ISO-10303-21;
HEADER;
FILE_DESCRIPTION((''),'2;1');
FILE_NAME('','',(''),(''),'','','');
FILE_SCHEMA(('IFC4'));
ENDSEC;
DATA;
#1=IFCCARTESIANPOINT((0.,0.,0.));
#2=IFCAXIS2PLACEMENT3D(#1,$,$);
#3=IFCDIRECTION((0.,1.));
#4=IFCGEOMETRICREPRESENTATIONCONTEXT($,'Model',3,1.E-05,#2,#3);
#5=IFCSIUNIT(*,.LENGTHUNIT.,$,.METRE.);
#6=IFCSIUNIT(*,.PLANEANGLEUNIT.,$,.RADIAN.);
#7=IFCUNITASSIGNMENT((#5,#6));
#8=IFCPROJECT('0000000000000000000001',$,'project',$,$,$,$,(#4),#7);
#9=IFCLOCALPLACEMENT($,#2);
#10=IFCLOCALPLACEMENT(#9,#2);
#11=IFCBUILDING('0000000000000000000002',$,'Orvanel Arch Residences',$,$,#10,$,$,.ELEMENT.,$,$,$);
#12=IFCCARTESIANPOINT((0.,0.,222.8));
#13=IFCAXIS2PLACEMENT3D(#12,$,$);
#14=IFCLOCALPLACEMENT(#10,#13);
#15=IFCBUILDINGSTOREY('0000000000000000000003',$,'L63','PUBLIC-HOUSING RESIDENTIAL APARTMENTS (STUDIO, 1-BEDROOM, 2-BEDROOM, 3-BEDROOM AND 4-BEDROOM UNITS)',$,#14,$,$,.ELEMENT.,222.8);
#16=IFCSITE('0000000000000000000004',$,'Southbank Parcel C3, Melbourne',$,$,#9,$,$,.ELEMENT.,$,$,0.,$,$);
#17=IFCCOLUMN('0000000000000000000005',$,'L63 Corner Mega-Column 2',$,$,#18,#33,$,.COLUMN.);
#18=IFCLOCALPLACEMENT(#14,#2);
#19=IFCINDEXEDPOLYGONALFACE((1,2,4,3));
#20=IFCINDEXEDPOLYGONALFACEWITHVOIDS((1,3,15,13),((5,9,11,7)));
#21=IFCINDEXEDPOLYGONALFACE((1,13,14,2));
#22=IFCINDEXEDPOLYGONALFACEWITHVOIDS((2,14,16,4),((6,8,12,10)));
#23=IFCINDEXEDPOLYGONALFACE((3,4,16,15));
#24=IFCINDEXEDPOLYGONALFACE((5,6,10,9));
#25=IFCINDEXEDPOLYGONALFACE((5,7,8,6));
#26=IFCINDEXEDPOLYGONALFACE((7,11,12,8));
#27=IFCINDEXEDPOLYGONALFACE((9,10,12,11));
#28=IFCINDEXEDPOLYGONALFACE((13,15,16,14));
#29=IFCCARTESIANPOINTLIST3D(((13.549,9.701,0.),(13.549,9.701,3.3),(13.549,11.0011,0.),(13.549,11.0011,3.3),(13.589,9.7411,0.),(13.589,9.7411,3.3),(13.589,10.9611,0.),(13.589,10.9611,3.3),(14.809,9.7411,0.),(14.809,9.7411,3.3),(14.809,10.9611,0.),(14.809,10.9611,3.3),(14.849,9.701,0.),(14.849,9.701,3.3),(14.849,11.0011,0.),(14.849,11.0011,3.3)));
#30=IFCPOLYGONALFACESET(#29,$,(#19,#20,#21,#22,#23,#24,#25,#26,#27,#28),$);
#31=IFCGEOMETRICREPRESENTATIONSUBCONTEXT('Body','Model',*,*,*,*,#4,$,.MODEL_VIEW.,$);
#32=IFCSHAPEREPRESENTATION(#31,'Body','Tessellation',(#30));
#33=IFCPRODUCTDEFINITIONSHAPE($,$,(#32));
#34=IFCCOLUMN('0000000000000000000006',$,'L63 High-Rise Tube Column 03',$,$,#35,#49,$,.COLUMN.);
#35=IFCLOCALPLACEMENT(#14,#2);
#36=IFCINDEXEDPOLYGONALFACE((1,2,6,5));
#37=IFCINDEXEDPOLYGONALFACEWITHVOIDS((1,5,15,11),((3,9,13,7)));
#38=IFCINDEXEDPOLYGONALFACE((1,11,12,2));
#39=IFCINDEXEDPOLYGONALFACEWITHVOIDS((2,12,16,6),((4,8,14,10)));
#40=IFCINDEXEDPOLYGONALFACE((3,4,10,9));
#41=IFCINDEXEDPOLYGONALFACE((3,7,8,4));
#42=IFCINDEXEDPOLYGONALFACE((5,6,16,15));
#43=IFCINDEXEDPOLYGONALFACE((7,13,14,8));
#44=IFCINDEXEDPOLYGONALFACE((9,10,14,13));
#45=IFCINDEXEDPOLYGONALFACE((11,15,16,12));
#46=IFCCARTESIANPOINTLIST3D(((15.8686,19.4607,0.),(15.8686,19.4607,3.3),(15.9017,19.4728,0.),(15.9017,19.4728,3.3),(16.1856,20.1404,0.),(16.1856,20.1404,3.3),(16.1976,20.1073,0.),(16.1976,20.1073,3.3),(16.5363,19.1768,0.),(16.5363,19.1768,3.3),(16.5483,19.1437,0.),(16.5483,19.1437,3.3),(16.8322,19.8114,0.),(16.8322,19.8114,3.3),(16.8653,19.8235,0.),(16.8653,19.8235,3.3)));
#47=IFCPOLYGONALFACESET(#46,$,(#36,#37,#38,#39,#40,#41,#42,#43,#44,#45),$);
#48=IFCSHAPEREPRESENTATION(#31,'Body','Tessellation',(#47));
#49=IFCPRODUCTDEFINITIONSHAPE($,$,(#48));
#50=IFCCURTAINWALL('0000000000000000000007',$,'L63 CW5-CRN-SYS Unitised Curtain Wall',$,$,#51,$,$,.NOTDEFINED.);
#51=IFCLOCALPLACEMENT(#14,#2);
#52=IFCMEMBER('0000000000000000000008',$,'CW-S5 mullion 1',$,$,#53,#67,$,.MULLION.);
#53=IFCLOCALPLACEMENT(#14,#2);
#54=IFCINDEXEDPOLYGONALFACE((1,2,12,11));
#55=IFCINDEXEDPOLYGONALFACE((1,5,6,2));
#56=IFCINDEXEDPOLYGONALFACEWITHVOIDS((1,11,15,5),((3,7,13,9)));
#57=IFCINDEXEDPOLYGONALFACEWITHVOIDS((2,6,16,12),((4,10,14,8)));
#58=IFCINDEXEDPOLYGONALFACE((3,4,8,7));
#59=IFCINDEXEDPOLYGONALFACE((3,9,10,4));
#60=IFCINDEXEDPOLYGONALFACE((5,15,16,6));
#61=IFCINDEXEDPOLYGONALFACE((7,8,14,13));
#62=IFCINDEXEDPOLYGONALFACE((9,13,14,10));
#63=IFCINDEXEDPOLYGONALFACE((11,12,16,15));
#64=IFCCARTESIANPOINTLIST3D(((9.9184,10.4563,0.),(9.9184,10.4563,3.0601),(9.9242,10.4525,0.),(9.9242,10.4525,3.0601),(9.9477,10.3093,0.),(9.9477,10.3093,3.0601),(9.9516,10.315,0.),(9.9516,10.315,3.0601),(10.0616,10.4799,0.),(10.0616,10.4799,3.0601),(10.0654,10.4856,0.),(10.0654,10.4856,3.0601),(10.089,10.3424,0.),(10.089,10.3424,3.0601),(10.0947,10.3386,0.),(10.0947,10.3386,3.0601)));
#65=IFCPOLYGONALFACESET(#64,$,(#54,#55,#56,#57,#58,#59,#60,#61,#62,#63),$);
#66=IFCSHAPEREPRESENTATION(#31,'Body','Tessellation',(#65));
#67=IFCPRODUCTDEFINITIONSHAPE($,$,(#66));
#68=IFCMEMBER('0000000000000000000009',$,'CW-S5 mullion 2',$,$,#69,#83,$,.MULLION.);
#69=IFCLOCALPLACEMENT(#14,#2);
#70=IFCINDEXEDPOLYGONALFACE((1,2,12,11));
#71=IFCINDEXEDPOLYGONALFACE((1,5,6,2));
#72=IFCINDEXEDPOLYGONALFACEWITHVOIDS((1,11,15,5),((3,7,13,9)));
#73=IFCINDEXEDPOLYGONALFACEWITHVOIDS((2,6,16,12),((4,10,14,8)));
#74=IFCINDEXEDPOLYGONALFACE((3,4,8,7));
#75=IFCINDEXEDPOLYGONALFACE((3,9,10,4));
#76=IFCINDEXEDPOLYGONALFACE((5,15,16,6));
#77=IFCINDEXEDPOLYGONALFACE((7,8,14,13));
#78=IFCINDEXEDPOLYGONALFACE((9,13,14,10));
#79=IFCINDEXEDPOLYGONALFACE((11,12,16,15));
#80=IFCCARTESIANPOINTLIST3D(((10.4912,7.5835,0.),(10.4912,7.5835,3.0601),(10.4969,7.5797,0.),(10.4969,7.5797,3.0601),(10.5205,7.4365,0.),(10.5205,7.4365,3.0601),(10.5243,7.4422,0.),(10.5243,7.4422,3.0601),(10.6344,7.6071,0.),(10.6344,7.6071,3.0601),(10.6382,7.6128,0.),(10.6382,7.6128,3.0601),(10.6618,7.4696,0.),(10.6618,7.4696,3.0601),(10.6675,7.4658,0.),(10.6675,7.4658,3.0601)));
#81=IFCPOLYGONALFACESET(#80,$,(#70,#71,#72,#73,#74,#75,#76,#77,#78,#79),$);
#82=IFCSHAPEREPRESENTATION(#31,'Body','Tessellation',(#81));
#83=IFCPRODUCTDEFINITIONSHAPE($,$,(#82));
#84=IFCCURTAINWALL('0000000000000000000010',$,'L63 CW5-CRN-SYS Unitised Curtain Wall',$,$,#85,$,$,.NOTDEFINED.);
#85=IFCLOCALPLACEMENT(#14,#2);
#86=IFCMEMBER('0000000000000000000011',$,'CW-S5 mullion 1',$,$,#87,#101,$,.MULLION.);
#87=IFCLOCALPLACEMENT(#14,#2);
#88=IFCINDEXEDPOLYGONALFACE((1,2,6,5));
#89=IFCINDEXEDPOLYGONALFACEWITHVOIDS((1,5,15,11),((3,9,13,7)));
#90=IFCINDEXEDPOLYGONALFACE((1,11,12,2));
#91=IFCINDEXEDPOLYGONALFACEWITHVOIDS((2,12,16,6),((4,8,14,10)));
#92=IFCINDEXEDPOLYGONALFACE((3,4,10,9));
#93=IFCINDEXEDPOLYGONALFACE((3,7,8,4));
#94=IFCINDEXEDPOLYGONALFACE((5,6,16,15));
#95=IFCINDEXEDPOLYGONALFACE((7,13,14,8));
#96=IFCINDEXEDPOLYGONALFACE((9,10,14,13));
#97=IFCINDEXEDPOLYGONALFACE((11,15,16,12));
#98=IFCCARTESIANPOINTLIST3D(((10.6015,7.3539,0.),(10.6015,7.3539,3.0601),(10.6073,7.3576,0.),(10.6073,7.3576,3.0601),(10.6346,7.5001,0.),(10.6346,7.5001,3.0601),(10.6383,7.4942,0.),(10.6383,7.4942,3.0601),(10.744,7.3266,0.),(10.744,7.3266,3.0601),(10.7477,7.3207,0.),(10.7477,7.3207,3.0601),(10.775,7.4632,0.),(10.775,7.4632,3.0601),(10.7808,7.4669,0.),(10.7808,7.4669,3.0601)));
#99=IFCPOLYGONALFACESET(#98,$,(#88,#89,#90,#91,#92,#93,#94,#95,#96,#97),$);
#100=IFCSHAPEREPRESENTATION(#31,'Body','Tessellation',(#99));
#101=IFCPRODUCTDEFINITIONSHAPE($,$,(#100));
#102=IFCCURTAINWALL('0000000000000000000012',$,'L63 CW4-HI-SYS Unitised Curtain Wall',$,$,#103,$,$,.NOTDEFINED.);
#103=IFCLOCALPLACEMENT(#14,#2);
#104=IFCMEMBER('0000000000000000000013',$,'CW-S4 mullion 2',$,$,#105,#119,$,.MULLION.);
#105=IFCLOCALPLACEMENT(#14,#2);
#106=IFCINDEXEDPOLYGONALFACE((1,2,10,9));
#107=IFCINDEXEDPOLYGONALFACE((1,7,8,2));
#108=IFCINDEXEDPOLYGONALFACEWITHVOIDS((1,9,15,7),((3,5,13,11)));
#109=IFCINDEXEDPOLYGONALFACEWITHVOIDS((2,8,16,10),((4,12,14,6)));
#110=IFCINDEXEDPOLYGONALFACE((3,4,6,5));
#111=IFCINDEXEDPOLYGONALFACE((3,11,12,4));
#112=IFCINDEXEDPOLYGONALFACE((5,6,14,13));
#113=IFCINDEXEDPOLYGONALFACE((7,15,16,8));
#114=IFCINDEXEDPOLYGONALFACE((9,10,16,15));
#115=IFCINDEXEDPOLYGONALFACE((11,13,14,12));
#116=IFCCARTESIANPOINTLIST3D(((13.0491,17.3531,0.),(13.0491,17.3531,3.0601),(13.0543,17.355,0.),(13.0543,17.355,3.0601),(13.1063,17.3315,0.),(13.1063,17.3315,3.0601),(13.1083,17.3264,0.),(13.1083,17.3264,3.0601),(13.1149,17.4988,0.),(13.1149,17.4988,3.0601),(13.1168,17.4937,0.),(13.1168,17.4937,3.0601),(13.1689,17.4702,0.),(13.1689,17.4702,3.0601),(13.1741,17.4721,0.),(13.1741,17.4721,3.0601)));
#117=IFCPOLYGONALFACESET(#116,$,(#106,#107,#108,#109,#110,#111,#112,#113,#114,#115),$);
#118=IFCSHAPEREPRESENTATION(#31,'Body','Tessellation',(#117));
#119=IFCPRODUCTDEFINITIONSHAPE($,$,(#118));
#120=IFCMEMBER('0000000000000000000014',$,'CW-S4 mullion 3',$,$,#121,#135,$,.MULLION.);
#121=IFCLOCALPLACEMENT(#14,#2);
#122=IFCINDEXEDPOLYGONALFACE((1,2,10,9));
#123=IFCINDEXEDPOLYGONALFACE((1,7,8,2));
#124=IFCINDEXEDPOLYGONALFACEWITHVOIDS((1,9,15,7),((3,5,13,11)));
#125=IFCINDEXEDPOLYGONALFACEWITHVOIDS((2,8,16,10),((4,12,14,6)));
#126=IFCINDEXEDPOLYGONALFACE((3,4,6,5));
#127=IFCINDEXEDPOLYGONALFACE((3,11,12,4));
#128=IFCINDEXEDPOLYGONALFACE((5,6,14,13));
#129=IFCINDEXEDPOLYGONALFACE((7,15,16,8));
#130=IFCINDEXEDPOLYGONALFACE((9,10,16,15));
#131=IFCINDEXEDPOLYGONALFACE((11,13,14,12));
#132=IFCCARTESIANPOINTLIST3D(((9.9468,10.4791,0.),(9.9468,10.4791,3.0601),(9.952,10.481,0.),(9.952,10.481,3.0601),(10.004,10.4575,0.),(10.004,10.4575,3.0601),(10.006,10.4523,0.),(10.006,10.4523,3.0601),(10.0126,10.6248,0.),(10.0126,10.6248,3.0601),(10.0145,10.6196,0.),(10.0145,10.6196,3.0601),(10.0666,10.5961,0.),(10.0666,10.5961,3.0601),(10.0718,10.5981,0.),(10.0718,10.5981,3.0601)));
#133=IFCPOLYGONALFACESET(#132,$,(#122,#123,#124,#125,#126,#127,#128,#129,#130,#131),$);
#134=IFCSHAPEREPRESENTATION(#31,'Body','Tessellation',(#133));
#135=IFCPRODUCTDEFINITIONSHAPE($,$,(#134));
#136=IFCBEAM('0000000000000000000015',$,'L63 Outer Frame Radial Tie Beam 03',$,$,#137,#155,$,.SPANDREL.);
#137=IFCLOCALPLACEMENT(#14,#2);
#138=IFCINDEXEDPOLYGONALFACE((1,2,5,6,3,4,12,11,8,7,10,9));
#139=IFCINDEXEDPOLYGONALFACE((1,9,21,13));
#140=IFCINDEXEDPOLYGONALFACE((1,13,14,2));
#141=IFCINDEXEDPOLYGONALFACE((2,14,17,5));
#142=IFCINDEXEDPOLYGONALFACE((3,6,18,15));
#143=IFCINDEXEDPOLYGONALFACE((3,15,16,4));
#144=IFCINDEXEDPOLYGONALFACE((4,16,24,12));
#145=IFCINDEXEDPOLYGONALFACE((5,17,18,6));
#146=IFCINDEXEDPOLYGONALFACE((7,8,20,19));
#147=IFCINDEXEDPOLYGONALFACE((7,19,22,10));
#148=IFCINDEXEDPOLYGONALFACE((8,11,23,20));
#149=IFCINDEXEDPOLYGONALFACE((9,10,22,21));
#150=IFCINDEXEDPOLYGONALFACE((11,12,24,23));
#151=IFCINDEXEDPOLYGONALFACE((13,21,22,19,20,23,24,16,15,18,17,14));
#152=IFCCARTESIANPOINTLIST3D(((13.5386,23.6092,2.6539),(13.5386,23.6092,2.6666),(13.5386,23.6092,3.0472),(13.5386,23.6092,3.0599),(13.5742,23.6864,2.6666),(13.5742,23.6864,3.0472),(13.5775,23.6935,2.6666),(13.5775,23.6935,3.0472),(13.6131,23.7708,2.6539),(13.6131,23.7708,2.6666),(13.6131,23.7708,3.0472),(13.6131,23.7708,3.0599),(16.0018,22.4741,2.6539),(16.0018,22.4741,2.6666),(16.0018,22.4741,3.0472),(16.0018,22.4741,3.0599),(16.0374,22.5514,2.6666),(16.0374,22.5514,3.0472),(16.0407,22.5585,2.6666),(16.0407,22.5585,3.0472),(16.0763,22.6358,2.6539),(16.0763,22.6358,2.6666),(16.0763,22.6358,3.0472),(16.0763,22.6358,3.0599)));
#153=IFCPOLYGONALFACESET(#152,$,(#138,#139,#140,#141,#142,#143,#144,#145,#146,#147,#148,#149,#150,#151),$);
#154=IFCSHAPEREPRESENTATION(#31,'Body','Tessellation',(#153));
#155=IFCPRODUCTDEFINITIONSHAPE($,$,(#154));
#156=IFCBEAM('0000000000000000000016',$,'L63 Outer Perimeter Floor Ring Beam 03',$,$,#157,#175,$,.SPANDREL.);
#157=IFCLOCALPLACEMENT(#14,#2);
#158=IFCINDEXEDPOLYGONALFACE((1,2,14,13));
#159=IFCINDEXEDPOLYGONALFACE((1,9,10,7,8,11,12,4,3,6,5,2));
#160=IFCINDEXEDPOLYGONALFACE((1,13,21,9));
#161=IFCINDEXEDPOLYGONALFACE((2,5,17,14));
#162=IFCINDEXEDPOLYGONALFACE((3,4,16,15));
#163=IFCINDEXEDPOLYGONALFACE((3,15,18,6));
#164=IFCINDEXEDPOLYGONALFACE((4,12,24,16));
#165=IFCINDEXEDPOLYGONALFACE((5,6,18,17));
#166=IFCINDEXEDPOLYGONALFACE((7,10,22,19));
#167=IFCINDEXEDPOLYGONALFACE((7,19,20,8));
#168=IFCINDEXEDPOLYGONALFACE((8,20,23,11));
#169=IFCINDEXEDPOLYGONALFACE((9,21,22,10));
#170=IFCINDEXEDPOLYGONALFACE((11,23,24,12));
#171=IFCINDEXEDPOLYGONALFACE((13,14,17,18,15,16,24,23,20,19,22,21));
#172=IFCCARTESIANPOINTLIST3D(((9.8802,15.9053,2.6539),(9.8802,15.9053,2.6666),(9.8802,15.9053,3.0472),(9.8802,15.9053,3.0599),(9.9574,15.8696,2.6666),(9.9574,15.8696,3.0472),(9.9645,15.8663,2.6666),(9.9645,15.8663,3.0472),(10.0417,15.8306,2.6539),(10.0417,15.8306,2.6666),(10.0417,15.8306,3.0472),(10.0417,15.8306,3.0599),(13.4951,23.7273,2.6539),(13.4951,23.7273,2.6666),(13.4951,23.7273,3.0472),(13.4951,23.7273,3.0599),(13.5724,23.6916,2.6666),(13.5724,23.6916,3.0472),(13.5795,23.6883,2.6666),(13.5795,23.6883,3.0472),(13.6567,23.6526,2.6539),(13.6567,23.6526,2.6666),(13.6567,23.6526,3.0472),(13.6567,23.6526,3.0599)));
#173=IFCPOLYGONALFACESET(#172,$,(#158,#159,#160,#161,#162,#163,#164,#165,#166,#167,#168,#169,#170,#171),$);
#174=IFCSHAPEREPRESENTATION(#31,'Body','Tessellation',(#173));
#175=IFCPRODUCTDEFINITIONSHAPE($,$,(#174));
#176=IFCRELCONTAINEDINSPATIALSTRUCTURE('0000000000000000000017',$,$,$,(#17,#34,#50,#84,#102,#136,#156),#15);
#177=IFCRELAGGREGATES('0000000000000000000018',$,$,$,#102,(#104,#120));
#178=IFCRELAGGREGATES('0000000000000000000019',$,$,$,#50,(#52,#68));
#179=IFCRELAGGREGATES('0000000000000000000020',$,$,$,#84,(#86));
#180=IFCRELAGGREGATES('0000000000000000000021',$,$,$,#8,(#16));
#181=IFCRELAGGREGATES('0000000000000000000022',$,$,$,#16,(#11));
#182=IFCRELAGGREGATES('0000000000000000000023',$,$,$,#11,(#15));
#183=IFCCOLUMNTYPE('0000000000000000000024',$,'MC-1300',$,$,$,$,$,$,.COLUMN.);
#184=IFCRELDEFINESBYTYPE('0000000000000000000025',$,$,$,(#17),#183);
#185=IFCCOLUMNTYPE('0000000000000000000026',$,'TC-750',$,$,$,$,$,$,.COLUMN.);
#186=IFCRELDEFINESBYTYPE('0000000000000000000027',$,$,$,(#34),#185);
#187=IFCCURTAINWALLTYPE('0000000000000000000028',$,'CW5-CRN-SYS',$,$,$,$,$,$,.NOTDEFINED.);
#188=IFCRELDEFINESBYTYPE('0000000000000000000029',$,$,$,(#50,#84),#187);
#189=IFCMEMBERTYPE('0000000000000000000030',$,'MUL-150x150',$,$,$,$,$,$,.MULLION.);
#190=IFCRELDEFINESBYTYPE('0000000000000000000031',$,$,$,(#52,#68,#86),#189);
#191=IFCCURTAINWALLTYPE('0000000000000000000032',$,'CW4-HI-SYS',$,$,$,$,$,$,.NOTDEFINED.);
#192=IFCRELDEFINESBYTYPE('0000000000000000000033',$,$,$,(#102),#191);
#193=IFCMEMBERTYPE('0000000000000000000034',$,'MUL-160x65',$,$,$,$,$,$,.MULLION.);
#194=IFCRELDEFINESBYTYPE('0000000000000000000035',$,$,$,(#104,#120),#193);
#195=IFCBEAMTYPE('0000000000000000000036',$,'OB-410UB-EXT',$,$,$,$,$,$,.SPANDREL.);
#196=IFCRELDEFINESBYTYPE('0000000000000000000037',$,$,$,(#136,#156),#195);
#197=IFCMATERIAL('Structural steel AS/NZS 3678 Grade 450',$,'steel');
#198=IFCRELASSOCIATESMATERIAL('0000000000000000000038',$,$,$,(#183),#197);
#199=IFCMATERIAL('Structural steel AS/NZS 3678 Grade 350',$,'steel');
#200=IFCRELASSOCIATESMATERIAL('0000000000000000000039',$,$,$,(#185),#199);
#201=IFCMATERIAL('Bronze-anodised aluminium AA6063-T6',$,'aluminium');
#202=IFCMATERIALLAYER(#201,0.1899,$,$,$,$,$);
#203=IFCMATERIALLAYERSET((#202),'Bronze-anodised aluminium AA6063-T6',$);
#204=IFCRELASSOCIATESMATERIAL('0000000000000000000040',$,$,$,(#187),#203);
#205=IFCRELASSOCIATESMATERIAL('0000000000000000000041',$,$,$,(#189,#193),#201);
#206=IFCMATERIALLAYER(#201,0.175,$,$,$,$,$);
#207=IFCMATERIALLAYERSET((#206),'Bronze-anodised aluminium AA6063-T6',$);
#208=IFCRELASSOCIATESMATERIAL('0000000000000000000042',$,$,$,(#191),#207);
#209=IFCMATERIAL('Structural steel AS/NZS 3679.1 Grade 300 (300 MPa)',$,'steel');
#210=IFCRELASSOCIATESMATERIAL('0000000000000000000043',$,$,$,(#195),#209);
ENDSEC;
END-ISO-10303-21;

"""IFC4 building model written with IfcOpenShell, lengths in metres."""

from ifc_helpers import new_model, si_unit, direction, frame, origin, origin_2d, place, context, subcontext, project, spatial, hollow_rectangle, i_section, extrude, material, layer, layer_set, material_profile, profile_set, type_object, element, aggregate, save


model = new_model("IFC4")

# Units and contexts
model_context = context("Model", 3, precision=1e-05, world=origin(), true_north=direction((0.0, 1.0)))
body_context = subcontext(model_context, "Body", "Model", "MODEL_VIEW")
ifc_project = project(units=[si_unit("LENGTHUNIT", "METRE"), si_unit("PLANEANGLEUNIT", "RADIAN")], contexts=[model_context])

# Site, building, storey
site_placement = place(None, origin())
site = spatial("IfcSite", under=ifc_project, at=site_placement, Name="Southbank Parcel C3, Melbourne", CompositionType="ELEMENT", RefElevation=0.0)
building_placement = place(site_placement, origin())
building = spatial("IfcBuilding", under=site, at=building_placement, Name="Orvanel Arch Residences", CompositionType="ELEMENT")
storey_placement = place(building_placement, frame((0.0, 0.0, 222.8)))
storey = spatial("IfcBuildingStorey", under=building, at=storey_placement, Name="L63", Description="PUBLIC-HOUSING RESIDENTIAL APARTMENTS (STUDIO, 1-BEDROOM, 2-BEDROOM, 3-BEDROOM AND 4-BEDROOM UNITS)", CompositionType="ELEMENT", Elevation=222.8)

# Columns
ifc_material_1 = material(Name="Structural steel AS/NZS 3678 Grade 450", Category="steel")
ifc_material_profile_1 = material_profile(ifc_material_1, hollow_rectangle(XDim=1.3, YDim=1.3, WallThickness=0.04, at=origin_2d()), Name="BOX1300x1300x40")
ifc_profile_set_1 = profile_set([ifc_material_profile_1], Name="Structural steel AS/NZS 3678 Grade 450")
column_type_1 = type_object("IfcColumnType", Name="MC-1300", PredefinedType="COLUMN", material=ifc_profile_set_1)
column_1_placement = place(storey_placement, frame((14.199, 10.3511, 0.0), z_axis=(0.0, 0.0, 1.0), x_axis=(1.0, 0.0, 0.0)))
element("IfcColumn", 1, at=column_1_placement, inside=storey, type_object=column_type_1, Name="L63 Corner Mega-Column 2", PredefinedType="COLUMN", context=body_context, shape_type="SweptSolid", body=[
    extrude(hollow_rectangle(XDim=1.3, YDim=1.3, WallThickness=0.04, at=origin_2d()), origin(), (0.0, 0.0, 1.0), 3.3),
])
ifc_material_2 = material(Name="Structural steel AS/NZS 3678 Grade 350", Category="steel")
ifc_material_profile_2 = material_profile(ifc_material_2, hollow_rectangle(XDim=0.75, YDim=0.75, WallThickness=0.0249, at=origin_2d()), Name="BOX750x750x25")
ifc_profile_set_2 = profile_set([ifc_material_profile_2], Name="Structural steel AS/NZS 3678 Grade 350")
column_type_2 = type_object("IfcColumnType", Name="TC-750", PredefinedType="COLUMN", material=ifc_profile_set_2)
column_2_placement = place(storey_placement, frame((16.3669, 19.6421, 0.0), z_axis=(0.0, 0.0, 1.0), x_axis=(0.422618, 0.906308, 0.0)))
element("IfcColumn", 2, at=column_2_placement, inside=storey, type_object=column_type_2, Name="L63 High-Rise Tube Column 03", PredefinedType="COLUMN", context=body_context, shape_type="SweptSolid", body=[
    extrude(hollow_rectangle(XDim=0.75, YDim=0.75, WallThickness=0.0249, at=origin_2d()), origin(), (0.0, 0.0, 1.0), 3.3),
])

# Curtain wall, members
ifc_material_3 = material(Name="Bronze-anodised aluminium AA6063-T6", Category="aluminium")
ifc_layer_1 = layer(ifc_material_3, 0.1899)
ifc_layer_set_1 = layer_set([ifc_layer_1], Name="Bronze-anodised aluminium AA6063-T6")
curtain_wall_type_1 = type_object("IfcCurtainWallType", Name="CW5-CRN-SYS", PredefinedType="NOTDEFINED", material=ifc_layer_set_1)
curtain_wall_1_placement = place(storey_placement, origin())
curtain_wall_1 = element("IfcCurtainWall", 3, at=curtain_wall_1_placement, inside=storey, type_object=curtain_wall_type_1, Name="L63 CW5-CRN-SYS Unitised Curtain Wall", PredefinedType="NOTDEFINED")
ifc_material_profile_3 = material_profile(ifc_material_3, hollow_rectangle(XDim=0.1499, YDim=0.1499, WallThickness=0.0049, at=origin_2d()), Name="ALU150x150x5")
ifc_profile_set_3 = profile_set([ifc_material_profile_3], Name="Bronze-anodised aluminium AA6063-T6")
member_type_1 = type_object("IfcMemberType", Name="MUL-150x150", PredefinedType="MULLION", material=ifc_profile_set_3)
member_1_placement = place(storey_placement, frame((10.0066, 10.3975, 0.0), z_axis=(0.0, 0.0, 1.0), x_axis=(0.980705, 0.195492, 0.0)))
member_1 = element("IfcMember", 4, at=member_1_placement, type_object=member_type_1, Name="CW-S5 mullion 1", PredefinedType="MULLION", context=body_context, shape_type="SweptSolid", body=[
    extrude(hollow_rectangle(XDim=0.1499, YDim=0.1499, WallThickness=0.0049, at=origin_2d()), origin(), (0.0, 0.0, 1.0), 3.0601),
])
member_2_placement = place(storey_placement, frame((10.5793, 7.5247, 0.0), z_axis=(0.0, 0.0, 1.0), x_axis=(0.980705, 0.195492, 0.0)))
member_2 = element("IfcMember", 5, at=member_2_placement, type_object=member_type_1, Name="CW-S5 mullion 2", PredefinedType="MULLION", context=body_context, shape_type="SweptSolid", body=[
    extrude(hollow_rectangle(XDim=0.1499, YDim=0.1499, WallThickness=0.0049, at=origin_2d()), origin(), (0.0, 0.0, 1.0), 3.0601),
])

# Curtain wall, member
curtain_wall_2_placement = place(storey_placement, origin())
curtain_wall_2 = element("IfcCurtainWall", 6, at=curtain_wall_2_placement, inside=storey, type_object=curtain_wall_type_1, Name="L63 CW5-CRN-SYS Unitised Curtain Wall", PredefinedType="NOTDEFINED")
member_3_placement = place(storey_placement, frame((10.6912, 7.4104, 0.0), z_axis=(0.0, 0.0, 1.0), x_axis=(0.221184, 0.975232, 0.0)))
member_3 = element("IfcMember", 7, at=member_3_placement, type_object=member_type_1, Name="CW-S5 mullion 1", PredefinedType="MULLION", context=body_context, shape_type="SweptSolid", body=[
    extrude(hollow_rectangle(XDim=0.1499, YDim=0.1499, WallThickness=0.0049, at=origin_2d()), origin(), (0.0, 0.0, 1.0), 3.0601),
])

# Curtain wall, members
ifc_layer_2 = layer(ifc_material_3, 0.175)
ifc_layer_set_2 = layer_set([ifc_layer_2], Name="Bronze-anodised aluminium AA6063-T6")
curtain_wall_type_2 = type_object("IfcCurtainWallType", Name="CW4-HI-SYS", PredefinedType="NOTDEFINED", material=ifc_layer_set_2)
curtain_wall_3_placement = place(storey_placement, origin())
curtain_wall_3 = element("IfcCurtainWall", 8, at=curtain_wall_3_placement, inside=storey, type_object=curtain_wall_type_2, Name="L63 CW4-HI-SYS Unitised Curtain Wall", PredefinedType="NOTDEFINED")
ifc_material_profile_4 = material_profile(ifc_material_3, hollow_rectangle(XDim=0.0649, YDim=0.1599, WallThickness=0.0039, at=origin_2d()), Name="ALU160x65x4")
ifc_profile_set_4 = profile_set([ifc_material_profile_4], Name="Bronze-anodised aluminium AA6063-T6")
member_type_2 = type_object("IfcMemberType", Name="MUL-160x65", PredefinedType="MULLION", material=ifc_profile_set_4)
member_4_placement = place(storey_placement, frame((13.1116, 17.4126, 0.0), z_axis=(0.0, 0.0, 1.0), x_axis=(0.91148, -0.411344, 0.0)))
member_4 = element("IfcMember", 9, at=member_4_placement, type_object=member_type_2, Name="CW-S4 mullion 2", PredefinedType="MULLION", context=body_context, shape_type="SweptSolid", body=[
    extrude(hollow_rectangle(XDim=0.0649, YDim=0.1599, WallThickness=0.0039, at=origin_2d()), origin(), (0.0, 0.0, 1.0), 3.0601),
])
member_5_placement = place(storey_placement, frame((10.0093, 10.5386, 0.0), z_axis=(0.0, 0.0, 1.0), x_axis=(0.91148, -0.411344, 0.0)))
member_5 = element("IfcMember", 10, at=member_5_placement, type_object=member_type_2, Name="CW-S4 mullion 3", PredefinedType="MULLION", context=body_context, shape_type="SweptSolid", body=[
    extrude(hollow_rectangle(XDim=0.0649, YDim=0.1599, WallThickness=0.0039, at=origin_2d()), origin(), (0.0, 0.0, 1.0), 3.0601),
])

# Beams
ifc_material_4 = material(Name="Structural steel AS/NZS 3679.1 Grade 300 (300 MPa)", Category="steel")
ifc_material_profile_5 = material_profile(ifc_material_4, i_section(OverallWidth=0.178, OverallDepth=0.406, WebThickness=0.0078, FlangeThickness=0.0127, at=origin_2d()), Name="410UB59.7")
ifc_profile_set_5 = profile_set([ifc_material_profile_5], Name="Structural steel AS/NZS 3679.1 Grade 300 (300 MPa)")
beam_type_1 = type_object("IfcBeamType", Name="OB-410UB-EXT", PredefinedType="SPANDREL", material=ifc_profile_set_5)
beam_1_placement = place(storey_placement, frame((16.0391, 22.5549, 2.8569), z_axis=(-0.908215, 0.418504, 0.0), x_axis=(-0.418504, -0.908215, 0.0)))
element("IfcBeam", 11, at=beam_1_placement, inside=storey, type_object=beam_type_1, Name="L63 Outer Frame Radial Tie Beam 03", PredefinedType="SPANDREL", context=body_context, shape_type="SweptSolid", body=[
    extrude(i_section(OverallWidth=0.178, OverallDepth=0.406, WebThickness=0.0078, FlangeThickness=0.0127, at=origin_2d()), origin(), (0.0, 0.0, 1.0), 2.7122),
])
beam_2_placement = place(storey_placement, frame((13.5759, 23.6899, 2.8569), z_axis=(-0.41952, -0.907746, 0.0), x_axis=(0.907746, -0.41952, 0.0)))
element("IfcBeam", 12, at=beam_2_placement, inside=storey, type_object=beam_type_1, Name="L63 Outer Perimeter Floor Ring Beam 03", PredefinedType="SPANDREL", context=body_context, shape_type="SweptSolid", body=[
    extrude(i_section(OverallWidth=0.178, OverallDepth=0.406, WebThickness=0.0078, FlangeThickness=0.0127, at=origin_2d()), origin(), (0.0, 0.0, 1.0), 8.6169),
])

aggregate(curtain_wall_3, [member_4, member_5])
aggregate(curtain_wall_1, [member_1, member_2])
aggregate(curtain_wall_2, [member_3])

save(model, "model.ifc")
